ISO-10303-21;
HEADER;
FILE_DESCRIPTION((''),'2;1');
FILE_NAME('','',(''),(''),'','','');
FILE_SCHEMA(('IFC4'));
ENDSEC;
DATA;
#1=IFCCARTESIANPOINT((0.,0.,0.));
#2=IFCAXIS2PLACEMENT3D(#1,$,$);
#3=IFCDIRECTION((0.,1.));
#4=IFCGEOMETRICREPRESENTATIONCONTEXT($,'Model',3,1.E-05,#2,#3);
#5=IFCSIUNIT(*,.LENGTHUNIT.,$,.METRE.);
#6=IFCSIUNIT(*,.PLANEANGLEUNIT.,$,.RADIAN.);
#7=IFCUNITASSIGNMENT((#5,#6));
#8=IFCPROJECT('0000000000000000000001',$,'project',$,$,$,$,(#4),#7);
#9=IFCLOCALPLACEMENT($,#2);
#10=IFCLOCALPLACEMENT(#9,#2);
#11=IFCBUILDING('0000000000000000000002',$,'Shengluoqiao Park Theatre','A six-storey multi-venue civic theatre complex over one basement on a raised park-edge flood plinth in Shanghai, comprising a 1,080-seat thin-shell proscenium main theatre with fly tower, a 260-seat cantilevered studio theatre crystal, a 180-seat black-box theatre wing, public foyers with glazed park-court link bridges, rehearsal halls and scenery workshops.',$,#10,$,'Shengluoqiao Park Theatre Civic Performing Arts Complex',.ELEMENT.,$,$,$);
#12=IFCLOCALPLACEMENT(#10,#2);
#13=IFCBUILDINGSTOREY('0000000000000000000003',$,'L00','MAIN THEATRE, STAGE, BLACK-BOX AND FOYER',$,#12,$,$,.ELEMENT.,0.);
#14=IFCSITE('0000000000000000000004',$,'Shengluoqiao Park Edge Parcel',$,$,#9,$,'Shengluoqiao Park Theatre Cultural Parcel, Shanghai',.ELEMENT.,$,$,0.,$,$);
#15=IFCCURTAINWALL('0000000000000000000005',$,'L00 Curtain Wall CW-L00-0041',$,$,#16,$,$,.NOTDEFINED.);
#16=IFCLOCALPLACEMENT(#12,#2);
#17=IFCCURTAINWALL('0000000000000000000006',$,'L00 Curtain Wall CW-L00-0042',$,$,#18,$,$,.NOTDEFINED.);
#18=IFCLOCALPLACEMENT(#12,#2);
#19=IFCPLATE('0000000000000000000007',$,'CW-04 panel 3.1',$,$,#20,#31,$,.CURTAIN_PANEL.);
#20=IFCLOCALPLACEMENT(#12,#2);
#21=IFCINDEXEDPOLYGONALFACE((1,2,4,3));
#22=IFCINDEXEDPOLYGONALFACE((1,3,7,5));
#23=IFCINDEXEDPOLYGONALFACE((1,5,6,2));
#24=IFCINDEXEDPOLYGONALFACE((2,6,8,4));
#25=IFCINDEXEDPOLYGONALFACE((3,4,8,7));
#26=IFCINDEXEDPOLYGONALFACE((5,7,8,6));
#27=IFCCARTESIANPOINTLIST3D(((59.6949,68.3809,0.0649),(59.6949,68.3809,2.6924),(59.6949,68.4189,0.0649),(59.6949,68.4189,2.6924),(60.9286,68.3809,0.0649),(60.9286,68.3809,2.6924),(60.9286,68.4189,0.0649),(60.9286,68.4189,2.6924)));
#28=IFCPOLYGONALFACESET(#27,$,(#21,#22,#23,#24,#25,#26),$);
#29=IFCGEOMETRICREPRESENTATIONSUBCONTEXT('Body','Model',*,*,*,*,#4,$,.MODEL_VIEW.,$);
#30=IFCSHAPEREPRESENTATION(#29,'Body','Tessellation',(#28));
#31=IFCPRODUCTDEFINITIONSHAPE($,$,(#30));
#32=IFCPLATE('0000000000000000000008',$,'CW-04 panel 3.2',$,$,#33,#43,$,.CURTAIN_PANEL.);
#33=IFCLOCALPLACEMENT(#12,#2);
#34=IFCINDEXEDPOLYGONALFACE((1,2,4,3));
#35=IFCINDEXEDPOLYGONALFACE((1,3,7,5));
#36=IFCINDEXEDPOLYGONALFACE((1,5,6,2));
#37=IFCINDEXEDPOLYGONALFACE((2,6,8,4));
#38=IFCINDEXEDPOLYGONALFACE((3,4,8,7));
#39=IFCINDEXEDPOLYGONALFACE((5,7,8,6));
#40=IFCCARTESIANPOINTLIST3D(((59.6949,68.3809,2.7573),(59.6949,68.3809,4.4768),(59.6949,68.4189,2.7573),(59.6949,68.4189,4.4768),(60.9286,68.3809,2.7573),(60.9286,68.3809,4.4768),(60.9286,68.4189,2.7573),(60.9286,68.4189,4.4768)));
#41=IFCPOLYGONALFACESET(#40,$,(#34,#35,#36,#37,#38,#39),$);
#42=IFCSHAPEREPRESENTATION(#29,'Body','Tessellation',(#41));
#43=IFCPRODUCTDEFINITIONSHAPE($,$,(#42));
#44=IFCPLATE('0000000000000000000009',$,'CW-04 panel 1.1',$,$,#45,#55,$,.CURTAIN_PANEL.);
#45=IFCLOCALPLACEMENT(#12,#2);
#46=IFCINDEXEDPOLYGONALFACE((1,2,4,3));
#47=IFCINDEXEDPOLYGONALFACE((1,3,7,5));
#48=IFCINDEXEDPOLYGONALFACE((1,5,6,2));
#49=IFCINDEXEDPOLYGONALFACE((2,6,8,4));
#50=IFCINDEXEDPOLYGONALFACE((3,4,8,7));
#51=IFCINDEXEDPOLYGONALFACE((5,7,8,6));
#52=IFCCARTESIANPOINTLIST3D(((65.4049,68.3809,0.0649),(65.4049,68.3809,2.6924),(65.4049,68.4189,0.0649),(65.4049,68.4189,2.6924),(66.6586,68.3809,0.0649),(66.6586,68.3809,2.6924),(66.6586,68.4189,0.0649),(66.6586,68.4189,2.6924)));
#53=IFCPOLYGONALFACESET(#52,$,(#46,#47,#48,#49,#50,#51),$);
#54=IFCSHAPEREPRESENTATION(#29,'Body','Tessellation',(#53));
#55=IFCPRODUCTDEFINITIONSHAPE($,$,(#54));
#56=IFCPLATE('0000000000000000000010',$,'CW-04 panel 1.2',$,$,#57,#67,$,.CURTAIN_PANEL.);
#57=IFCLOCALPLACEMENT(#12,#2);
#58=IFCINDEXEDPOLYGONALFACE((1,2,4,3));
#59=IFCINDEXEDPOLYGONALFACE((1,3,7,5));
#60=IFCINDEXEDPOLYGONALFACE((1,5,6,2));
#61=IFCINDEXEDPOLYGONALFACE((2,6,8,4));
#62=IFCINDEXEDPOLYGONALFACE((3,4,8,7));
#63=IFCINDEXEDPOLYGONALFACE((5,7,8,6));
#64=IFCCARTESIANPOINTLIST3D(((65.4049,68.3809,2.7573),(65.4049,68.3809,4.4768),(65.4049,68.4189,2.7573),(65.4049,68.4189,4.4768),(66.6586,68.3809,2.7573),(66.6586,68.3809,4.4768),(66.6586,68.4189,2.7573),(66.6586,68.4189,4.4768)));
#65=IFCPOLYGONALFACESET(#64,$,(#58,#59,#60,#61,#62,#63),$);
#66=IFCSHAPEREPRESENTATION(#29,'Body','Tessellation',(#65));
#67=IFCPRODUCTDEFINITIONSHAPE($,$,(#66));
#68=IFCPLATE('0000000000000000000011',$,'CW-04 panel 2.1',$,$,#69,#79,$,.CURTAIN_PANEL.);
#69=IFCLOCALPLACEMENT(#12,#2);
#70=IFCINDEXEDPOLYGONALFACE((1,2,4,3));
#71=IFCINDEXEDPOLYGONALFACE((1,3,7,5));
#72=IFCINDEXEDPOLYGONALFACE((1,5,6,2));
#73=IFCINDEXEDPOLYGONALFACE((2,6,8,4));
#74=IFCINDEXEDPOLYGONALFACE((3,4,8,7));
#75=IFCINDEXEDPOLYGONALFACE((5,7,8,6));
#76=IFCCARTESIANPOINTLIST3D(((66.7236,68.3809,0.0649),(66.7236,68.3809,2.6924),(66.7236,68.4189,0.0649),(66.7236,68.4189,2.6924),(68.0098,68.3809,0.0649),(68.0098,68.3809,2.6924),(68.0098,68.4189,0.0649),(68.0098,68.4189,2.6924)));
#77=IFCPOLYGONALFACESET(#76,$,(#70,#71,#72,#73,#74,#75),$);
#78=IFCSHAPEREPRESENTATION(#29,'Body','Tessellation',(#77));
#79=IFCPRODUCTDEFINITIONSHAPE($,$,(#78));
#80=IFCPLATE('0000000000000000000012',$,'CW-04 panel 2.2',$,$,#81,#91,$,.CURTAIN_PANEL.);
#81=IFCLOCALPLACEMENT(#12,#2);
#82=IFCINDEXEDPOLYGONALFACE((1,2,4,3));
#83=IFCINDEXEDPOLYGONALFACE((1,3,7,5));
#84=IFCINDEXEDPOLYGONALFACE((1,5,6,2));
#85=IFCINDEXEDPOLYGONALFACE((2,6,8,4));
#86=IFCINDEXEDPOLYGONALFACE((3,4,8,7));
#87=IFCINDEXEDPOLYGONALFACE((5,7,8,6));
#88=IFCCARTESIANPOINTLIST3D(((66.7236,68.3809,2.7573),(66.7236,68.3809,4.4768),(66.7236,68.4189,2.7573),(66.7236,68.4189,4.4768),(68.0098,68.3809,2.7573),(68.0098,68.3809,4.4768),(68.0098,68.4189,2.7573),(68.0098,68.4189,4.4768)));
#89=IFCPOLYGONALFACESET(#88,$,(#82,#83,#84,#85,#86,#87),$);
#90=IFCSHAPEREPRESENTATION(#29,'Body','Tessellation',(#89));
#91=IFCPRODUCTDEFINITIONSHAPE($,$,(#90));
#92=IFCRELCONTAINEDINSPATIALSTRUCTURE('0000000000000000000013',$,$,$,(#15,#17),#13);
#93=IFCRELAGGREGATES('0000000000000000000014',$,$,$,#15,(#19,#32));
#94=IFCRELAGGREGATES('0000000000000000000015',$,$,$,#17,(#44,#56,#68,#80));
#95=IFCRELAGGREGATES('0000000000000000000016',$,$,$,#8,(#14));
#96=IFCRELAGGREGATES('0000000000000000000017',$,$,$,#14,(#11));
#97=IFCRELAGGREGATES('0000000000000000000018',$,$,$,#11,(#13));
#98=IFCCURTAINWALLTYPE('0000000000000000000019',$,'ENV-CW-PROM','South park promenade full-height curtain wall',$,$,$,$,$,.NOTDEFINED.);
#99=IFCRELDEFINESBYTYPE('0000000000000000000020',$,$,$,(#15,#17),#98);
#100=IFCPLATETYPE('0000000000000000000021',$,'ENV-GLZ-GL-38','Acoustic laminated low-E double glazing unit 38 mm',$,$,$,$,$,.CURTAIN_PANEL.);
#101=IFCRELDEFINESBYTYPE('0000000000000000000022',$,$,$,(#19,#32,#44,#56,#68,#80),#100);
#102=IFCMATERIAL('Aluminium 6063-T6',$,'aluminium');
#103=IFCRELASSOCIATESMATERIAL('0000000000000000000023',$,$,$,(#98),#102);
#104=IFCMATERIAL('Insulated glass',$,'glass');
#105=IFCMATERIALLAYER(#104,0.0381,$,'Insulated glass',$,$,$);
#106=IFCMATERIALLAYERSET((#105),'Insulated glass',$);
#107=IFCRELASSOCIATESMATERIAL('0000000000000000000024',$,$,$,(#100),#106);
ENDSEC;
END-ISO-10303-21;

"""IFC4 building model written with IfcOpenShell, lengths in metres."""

from ifc_helpers import new_model, si_unit, direction, frame, origin, origin_2d, place, context, subcontext, project, spatial, rectangle, extrude, material, layer, layer_set, type_object, element, aggregate, save


model = new_model("IFC4")

# Units and contexts
model_context = context("Model", 3, precision=1e-05, world=origin(), true_north=direction((0.0, 1.0)))
body_context = subcontext(model_context, "Body", "Model", "MODEL_VIEW")
ifc_project = project(units=[si_unit("LENGTHUNIT", "METRE"), si_unit("PLANEANGLEUNIT", "RADIAN")], contexts=[model_context])

# Site, building, storey
site_placement = place(None, origin())
site = spatial("IfcSite", under=ifc_project, at=site_placement, Name="Shengluoqiao Park Edge Parcel", LongName="Shengluoqiao Park Theatre Cultural Parcel, Shanghai", CompositionType="ELEMENT", RefElevation=0.0)
building_placement = place(site_placement, origin())
building = spatial("IfcBuilding", under=site, at=building_placement, Name="Shengluoqiao Park Theatre", Description="A six-storey multi-venue civic theatre complex over one basement on a raised park-edge flood plinth in Shanghai, comprising a 1,080-seat thin-shell proscenium main theatre with fly tower, a 260-seat cantilevered studio theatre crystal, a 180-seat black-box theatre wing, public foyers with glazed park-court link bridges, rehearsal halls and scenery workshops.", LongName="Shengluoqiao Park Theatre Civic Performing Arts Complex", CompositionType="ELEMENT")
storey_placement = place(building_placement, origin())
storey = spatial("IfcBuildingStorey", under=building, at=storey_placement, Name="L00", Description="MAIN THEATRE, STAGE, BLACK-BOX AND FOYER", CompositionType="ELEMENT", Elevation=0.0)

# Curtain walls
ifc_material_1 = material(Name="Aluminium 6063-T6", Category="aluminium")
curtain_wall_type = type_object("IfcCurtainWallType", Name="ENV-CW-PROM", Description="South park promenade full-height curtain wall", PredefinedType="NOTDEFINED", material=ifc_material_1)
curtain_wall_1_placement = place(storey_placement, origin())
curtain_wall_1 = element("IfcCurtainWall", 1, at=curtain_wall_1_placement, inside=storey, type_object=curtain_wall_type, Name="L00 Curtain Wall CW-L00-0041", PredefinedType="NOTDEFINED")
curtain_wall_2_placement = place(storey_placement, origin())
curtain_wall_2 = element("IfcCurtainWall", 2, at=curtain_wall_2_placement, inside=storey, type_object=curtain_wall_type, Name="L00 Curtain Wall CW-L00-0042", PredefinedType="NOTDEFINED")

# Plates
ifc_material_2 = material(Name="Insulated glass", Category="glass")
ifc_layer_1 = layer(ifc_material_2, 0.0381, Name="Insulated glass")
ifc_layer_set_1 = layer_set([ifc_layer_1], Name="Insulated glass")
plate_type = type_object("IfcPlateType", Name="ENV-GLZ-GL-38", Description="Acoustic laminated low-E double glazing unit 38 mm", PredefinedType="CURTAIN_PANEL", material=ifc_layer_set_1)
plate_1_placement = place(storey_placement, frame((60.3118, 68.3999, 0.0649), z_axis=(0.0, 0.0, 1.0), x_axis=(1.0, 0.0, 0.0)))
plate_1 = element("IfcPlate", 3, at=plate_1_placement, type_object=plate_type, Name="CW-04 panel 3.1", PredefinedType="CURTAIN_PANEL", context=body_context, shape_type="SweptSolid", body=[
    extrude(rectangle(XDim=1.2336, YDim=0.0381, at=origin_2d()), origin(), (0.0, 0.0, 1.0), 2.6274),
])
plate_2_placement = place(storey_placement, frame((60.3118, 68.3999, 2.7573), z_axis=(0.0, 0.0, 1.0), x_axis=(1.0, 0.0, 0.0)))
plate_2 = element("IfcPlate", 4, at=plate_2_placement, type_object=plate_type, Name="CW-04 panel 3.2", PredefinedType="CURTAIN_PANEL", context=body_context, shape_type="SweptSolid", body=[
    extrude(rectangle(XDim=1.2336, YDim=0.0381, at=origin_2d()), origin(), (0.0, 0.0, 1.0), 1.7195),
])
aggregate(curtain_wall_1, [plate_1, plate_2])
plate_3_placement = place(storey_placement, frame((66.0317, 68.3999, 0.0649), z_axis=(0.0, 0.0, 1.0), x_axis=(1.0, 0.0, 0.0)))
plate_3 = element("IfcPlate", 5, at=plate_3_placement, type_object=plate_type, Name="CW-04 panel 1.1", PredefinedType="CURTAIN_PANEL", context=body_context, shape_type="SweptSolid", body=[
    extrude(rectangle(XDim=1.2537, YDim=0.0381, at=origin_2d()), origin(), (0.0, 0.0, 1.0), 2.6274),
])
plate_4_placement = place(storey_placement, frame((66.0317, 68.3999, 2.7573), z_axis=(0.0, 0.0, 1.0), x_axis=(1.0, 0.0, 0.0)))
plate_4 = element("IfcPlate", 6, at=plate_4_placement, type_object=plate_type, Name="CW-04 panel 1.2", PredefinedType="CURTAIN_PANEL", context=body_context, shape_type="SweptSolid", body=[
    extrude(rectangle(XDim=1.2537, YDim=0.0381, at=origin_2d()), origin(), (0.0, 0.0, 1.0), 1.7195),
])
plate_5_placement = place(storey_placement, frame((67.3667, 68.3999, 0.0649), z_axis=(0.0, 0.0, 1.0), x_axis=(1.0, 0.0, 0.0)))
plate_5 = element("IfcPlate", 7, at=plate_5_placement, type_object=plate_type, Name="CW-04 panel 2.1", PredefinedType="CURTAIN_PANEL", context=body_context, shape_type="SweptSolid", body=[
    extrude(rectangle(XDim=1.2861, YDim=0.0381, at=origin_2d()), origin(), (0.0, 0.0, 1.0), 2.6274),
])
plate_6_placement = place(storey_placement, frame((67.3667, 68.3999, 2.7573), z_axis=(0.0, 0.0, 1.0), x_axis=(1.0, 0.0, 0.0)))
plate_6 = element("IfcPlate", 8, at=plate_6_placement, type_object=plate_type, Name="CW-04 panel 2.2", PredefinedType="CURTAIN_PANEL", context=body_context, shape_type="SweptSolid", body=[
    extrude(rectangle(XDim=1.2861, YDim=0.0381, at=origin_2d()), origin(), (0.0, 0.0, 1.0), 1.7195),
])
aggregate(curtain_wall_2, [plate_3, plate_4, plate_5, plate_6])

save(model, "model.ifc")
